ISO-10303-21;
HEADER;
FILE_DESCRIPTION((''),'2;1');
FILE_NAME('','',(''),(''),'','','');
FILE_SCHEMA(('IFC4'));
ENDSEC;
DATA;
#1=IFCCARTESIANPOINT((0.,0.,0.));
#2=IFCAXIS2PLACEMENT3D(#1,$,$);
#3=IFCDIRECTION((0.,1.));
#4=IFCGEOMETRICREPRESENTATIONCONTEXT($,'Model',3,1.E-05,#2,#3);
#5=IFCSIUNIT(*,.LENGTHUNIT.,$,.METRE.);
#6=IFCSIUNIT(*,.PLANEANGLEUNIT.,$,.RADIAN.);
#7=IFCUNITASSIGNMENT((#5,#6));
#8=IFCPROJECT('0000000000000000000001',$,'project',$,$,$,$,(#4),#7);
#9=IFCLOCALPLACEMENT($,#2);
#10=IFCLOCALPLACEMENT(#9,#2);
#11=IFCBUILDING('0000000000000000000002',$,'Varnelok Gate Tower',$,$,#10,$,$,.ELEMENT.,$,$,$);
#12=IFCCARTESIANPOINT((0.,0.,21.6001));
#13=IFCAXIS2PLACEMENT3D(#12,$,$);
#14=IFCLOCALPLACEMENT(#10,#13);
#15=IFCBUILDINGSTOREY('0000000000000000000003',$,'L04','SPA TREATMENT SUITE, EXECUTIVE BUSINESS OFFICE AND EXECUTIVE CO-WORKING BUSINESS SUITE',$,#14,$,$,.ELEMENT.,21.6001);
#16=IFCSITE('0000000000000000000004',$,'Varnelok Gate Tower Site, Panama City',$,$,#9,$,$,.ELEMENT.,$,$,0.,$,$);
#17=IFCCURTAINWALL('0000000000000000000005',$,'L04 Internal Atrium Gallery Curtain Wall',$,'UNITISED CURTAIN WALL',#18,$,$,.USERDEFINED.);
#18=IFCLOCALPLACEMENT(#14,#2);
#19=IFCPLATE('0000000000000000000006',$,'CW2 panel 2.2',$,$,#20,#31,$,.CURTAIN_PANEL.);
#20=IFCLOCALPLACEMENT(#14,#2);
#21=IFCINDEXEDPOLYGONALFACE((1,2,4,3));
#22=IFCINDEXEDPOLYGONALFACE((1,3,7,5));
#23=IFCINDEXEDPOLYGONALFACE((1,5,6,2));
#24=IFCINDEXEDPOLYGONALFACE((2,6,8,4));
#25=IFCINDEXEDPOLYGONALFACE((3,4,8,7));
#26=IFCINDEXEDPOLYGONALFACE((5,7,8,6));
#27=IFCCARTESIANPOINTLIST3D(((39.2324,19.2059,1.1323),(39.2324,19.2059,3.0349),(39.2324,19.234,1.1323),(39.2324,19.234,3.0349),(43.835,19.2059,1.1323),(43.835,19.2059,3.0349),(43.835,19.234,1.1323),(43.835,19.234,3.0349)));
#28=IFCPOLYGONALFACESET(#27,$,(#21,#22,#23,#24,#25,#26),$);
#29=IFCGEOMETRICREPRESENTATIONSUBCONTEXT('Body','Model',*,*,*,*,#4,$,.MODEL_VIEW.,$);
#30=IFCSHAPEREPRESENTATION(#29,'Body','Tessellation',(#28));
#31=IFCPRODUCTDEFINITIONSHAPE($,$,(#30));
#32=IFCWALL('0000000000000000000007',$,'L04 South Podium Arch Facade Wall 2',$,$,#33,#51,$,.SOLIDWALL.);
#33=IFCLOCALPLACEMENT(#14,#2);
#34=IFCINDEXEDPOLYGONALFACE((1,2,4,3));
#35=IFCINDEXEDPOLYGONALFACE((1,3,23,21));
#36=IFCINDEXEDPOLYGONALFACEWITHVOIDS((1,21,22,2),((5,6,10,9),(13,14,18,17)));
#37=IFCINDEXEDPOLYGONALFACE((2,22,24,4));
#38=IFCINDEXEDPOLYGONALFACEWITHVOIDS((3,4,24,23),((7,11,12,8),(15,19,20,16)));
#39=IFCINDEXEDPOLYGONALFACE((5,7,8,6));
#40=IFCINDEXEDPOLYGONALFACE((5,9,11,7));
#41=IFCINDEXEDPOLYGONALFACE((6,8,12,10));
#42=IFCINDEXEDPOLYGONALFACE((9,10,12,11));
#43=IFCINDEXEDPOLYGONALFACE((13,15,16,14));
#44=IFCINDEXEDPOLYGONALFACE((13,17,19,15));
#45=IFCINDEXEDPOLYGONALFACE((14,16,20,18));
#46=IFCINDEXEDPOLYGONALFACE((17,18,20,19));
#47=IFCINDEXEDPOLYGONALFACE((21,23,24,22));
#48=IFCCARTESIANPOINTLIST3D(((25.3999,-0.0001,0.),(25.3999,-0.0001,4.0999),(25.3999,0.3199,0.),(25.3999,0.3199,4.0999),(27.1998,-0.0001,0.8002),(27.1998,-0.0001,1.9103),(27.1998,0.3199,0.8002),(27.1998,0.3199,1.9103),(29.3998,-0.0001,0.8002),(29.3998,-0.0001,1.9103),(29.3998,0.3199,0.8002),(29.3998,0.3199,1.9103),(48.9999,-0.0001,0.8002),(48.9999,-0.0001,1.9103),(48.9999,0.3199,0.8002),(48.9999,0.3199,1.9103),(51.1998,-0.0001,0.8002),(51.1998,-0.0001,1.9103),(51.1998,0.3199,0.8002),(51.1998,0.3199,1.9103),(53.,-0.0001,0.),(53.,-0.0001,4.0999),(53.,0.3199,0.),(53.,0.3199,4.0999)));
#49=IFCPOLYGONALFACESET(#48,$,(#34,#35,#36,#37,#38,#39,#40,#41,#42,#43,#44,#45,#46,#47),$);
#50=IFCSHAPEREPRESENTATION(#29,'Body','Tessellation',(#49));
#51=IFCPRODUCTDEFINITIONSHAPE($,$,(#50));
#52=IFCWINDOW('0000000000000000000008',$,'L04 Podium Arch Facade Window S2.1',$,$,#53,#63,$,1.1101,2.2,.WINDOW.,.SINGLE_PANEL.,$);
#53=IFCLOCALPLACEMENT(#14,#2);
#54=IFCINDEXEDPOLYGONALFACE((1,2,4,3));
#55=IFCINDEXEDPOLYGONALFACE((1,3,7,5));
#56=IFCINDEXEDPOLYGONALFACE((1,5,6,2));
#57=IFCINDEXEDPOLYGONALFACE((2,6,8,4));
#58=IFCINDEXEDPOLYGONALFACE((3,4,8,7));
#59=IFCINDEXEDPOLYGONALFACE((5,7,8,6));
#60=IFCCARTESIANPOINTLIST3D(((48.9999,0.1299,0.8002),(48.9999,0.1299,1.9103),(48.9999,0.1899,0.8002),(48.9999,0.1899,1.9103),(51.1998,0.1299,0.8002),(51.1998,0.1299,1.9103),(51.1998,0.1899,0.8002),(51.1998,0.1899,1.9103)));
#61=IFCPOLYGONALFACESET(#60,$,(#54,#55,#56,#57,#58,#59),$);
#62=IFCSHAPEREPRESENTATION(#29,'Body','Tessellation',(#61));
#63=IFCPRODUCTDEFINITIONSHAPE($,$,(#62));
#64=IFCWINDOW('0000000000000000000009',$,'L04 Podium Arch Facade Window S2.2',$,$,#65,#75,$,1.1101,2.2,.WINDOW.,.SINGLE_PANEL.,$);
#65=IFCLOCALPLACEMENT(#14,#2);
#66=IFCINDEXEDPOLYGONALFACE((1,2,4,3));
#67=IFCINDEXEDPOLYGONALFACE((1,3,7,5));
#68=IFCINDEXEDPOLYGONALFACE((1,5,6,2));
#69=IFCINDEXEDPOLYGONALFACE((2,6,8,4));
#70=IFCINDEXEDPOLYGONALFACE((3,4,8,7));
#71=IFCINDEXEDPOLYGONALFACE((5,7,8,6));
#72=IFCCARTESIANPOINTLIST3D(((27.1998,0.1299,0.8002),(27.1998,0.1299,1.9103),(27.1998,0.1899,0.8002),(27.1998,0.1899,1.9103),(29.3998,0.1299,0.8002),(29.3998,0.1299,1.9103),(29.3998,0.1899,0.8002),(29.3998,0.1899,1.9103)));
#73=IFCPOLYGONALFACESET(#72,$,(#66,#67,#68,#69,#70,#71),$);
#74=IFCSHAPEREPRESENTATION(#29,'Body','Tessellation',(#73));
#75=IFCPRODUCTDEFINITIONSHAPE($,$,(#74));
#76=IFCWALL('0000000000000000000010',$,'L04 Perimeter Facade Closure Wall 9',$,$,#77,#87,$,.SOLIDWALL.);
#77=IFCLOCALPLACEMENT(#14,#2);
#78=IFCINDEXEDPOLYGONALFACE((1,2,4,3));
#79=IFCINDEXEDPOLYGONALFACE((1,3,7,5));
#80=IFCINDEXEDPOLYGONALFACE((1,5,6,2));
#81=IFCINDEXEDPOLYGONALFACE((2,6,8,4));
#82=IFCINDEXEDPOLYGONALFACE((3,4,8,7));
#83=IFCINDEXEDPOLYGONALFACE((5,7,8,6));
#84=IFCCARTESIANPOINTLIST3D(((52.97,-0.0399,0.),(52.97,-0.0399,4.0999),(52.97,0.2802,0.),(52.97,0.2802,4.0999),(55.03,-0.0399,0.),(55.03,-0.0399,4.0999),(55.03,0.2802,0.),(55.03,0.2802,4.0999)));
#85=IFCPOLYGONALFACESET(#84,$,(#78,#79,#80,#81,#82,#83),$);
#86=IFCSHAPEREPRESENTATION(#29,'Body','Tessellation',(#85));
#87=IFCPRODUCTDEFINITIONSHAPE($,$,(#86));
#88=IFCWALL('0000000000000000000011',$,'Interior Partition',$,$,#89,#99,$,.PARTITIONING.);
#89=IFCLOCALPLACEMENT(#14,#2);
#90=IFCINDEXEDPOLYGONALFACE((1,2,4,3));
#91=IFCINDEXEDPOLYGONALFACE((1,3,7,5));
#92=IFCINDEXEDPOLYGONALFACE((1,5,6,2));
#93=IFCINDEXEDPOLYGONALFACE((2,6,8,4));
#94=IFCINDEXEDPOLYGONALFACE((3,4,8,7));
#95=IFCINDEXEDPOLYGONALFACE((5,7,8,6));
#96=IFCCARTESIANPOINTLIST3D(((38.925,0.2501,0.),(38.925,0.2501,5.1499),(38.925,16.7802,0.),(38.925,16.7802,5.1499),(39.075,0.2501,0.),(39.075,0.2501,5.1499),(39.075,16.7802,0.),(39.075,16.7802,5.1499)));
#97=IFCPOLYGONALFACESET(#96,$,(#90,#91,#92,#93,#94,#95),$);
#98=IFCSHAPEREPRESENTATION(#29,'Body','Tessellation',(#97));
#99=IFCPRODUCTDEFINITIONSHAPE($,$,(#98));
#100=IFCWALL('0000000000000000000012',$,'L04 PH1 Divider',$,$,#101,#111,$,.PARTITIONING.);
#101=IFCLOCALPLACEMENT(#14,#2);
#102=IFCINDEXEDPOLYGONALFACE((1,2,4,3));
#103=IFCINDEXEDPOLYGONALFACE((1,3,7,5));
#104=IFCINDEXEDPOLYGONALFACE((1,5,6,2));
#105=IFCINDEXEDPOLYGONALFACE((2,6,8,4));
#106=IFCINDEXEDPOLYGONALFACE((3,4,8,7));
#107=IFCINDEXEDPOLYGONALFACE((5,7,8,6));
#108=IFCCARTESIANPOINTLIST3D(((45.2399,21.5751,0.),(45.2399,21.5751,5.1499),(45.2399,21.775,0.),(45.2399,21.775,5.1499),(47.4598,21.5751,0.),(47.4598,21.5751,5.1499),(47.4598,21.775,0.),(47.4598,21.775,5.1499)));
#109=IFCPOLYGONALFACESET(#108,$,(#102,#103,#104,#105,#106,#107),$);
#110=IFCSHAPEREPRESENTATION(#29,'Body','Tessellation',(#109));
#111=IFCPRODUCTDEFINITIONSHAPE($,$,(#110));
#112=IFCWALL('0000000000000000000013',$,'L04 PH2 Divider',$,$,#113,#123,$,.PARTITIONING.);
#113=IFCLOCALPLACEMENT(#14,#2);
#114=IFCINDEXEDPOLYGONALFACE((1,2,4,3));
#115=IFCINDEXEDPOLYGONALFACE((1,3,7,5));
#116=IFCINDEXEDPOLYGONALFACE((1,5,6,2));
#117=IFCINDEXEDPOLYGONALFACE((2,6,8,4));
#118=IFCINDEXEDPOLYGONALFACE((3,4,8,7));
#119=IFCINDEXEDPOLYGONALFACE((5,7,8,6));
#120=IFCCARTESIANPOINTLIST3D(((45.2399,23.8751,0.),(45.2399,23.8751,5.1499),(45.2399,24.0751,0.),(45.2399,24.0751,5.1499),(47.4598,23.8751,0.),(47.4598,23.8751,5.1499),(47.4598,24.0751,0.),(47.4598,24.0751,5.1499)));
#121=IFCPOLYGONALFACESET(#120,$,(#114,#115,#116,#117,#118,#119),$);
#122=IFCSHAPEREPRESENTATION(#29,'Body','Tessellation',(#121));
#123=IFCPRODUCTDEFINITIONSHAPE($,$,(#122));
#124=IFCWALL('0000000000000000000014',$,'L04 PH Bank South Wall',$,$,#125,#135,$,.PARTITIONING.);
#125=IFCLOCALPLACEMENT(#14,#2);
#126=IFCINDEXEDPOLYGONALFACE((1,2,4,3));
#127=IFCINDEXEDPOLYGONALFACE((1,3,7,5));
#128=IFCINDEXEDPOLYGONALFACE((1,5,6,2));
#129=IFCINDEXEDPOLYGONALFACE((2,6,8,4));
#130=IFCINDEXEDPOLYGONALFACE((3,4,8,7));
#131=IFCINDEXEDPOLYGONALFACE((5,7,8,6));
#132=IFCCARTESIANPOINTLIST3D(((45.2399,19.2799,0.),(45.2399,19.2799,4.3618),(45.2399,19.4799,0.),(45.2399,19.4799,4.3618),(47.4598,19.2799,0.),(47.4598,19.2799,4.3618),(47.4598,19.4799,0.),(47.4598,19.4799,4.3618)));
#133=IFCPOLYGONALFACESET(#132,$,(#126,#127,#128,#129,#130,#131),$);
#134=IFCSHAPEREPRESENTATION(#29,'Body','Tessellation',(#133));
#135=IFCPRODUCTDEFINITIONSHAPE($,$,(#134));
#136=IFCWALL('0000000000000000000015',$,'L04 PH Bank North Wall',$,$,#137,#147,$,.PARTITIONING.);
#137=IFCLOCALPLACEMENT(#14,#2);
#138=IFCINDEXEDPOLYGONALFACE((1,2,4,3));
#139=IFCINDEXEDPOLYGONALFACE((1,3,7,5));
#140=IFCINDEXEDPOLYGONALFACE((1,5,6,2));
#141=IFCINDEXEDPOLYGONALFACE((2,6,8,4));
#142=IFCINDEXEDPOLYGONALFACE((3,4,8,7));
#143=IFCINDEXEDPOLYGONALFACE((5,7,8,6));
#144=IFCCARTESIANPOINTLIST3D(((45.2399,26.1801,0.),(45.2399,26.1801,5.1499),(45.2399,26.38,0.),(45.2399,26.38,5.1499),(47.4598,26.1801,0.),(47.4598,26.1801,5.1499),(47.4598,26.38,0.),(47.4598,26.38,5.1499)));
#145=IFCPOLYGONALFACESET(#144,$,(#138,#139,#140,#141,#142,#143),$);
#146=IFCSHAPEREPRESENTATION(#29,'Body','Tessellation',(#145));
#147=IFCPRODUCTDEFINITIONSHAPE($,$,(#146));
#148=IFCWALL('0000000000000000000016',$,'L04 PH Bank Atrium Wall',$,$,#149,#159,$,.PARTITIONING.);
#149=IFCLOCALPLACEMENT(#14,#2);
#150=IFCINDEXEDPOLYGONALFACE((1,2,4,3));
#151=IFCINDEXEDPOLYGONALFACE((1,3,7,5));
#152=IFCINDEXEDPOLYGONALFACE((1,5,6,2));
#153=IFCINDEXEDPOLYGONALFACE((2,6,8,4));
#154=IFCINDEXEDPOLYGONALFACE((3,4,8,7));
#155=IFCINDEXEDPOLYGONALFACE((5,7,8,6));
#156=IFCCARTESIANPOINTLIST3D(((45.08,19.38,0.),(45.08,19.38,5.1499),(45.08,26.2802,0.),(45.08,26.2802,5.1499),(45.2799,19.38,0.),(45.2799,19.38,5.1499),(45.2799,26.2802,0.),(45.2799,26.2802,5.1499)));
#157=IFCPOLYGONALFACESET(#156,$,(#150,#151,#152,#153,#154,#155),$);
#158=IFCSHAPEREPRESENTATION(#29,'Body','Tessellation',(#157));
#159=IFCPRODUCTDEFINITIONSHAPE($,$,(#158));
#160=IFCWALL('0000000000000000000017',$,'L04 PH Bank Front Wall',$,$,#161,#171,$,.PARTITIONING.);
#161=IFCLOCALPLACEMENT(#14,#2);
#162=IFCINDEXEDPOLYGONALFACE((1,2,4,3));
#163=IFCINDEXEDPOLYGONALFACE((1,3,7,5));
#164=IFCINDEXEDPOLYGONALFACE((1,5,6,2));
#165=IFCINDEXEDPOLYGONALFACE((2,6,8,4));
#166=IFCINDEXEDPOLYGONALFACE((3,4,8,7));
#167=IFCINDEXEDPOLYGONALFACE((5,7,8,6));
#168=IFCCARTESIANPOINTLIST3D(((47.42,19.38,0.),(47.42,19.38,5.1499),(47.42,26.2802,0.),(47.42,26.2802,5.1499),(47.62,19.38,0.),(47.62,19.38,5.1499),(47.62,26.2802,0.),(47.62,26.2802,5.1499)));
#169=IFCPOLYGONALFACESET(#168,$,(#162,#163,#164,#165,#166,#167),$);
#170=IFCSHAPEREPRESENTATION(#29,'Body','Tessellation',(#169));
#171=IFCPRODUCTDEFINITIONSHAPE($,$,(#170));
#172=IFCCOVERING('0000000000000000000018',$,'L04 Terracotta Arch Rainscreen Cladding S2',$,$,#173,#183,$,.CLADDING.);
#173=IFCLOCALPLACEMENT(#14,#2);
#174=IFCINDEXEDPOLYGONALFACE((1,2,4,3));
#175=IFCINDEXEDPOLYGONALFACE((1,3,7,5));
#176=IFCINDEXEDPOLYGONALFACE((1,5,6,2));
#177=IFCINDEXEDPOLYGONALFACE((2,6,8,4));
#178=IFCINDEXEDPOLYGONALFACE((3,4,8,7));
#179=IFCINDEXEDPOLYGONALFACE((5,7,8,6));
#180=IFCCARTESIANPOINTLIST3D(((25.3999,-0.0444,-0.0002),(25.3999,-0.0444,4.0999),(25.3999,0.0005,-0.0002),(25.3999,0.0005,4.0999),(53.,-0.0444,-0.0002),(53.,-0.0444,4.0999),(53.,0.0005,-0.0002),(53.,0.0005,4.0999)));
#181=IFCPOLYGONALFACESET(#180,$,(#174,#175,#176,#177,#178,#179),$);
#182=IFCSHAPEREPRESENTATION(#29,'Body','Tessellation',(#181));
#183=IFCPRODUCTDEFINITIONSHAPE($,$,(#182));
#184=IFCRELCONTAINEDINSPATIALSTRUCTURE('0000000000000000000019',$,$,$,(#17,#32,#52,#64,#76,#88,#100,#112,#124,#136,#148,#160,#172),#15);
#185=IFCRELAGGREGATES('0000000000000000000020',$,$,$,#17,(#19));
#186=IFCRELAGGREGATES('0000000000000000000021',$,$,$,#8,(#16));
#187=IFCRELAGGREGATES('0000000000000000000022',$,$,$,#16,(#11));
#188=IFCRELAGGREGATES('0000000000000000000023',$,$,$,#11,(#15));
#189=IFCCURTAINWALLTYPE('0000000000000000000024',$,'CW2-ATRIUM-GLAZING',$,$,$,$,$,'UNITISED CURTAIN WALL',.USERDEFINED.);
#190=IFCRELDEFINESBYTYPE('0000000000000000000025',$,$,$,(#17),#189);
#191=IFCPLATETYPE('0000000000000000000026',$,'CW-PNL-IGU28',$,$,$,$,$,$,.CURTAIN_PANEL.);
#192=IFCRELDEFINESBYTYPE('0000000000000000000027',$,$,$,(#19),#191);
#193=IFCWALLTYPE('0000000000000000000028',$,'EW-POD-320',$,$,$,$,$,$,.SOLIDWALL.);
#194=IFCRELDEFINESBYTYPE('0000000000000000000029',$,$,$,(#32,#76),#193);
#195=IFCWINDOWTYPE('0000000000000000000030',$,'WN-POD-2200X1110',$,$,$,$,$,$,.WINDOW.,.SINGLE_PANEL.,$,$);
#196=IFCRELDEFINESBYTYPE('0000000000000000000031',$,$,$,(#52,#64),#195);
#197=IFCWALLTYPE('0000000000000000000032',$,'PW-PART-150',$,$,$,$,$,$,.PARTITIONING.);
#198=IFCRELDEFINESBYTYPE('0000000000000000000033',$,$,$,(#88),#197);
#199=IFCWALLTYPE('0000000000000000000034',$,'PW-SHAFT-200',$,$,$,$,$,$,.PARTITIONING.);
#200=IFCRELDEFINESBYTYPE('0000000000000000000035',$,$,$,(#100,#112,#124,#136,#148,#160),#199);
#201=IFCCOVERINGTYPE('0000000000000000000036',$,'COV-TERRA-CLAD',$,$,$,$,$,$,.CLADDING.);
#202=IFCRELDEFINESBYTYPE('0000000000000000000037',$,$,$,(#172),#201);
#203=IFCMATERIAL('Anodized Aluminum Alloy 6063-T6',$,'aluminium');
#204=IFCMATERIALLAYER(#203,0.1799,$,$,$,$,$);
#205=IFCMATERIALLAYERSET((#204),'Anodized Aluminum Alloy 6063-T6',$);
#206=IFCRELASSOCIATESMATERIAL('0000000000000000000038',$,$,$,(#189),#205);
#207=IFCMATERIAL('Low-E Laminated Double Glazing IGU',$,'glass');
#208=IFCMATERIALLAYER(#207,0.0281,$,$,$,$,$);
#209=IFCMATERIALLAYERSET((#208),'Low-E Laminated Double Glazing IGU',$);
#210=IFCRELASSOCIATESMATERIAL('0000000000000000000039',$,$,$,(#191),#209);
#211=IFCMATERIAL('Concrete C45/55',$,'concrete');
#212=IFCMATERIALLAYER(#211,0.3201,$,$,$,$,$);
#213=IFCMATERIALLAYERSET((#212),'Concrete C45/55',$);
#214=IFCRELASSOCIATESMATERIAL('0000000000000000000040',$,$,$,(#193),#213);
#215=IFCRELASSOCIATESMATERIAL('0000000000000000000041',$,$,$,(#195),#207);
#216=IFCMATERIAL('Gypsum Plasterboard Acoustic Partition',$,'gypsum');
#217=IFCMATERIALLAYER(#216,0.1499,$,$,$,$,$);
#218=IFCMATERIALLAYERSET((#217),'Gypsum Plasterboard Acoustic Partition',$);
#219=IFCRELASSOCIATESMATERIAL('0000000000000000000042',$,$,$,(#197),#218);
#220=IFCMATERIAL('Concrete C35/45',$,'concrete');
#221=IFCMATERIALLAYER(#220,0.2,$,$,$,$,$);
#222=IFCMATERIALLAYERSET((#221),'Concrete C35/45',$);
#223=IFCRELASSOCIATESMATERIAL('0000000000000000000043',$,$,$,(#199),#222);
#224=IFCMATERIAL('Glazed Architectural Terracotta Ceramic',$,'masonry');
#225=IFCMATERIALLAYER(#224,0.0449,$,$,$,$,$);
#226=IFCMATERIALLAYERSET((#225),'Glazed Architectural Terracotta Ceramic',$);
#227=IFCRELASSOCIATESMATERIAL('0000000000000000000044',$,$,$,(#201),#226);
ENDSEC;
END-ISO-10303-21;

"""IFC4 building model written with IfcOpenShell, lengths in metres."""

from ifc_helpers import new_model, si_unit, direction, frame, frame_2d, origin, origin_2d, place, context, subcontext, project, spatial, rectangle, extrude, source, transform, mapped, material, layer, layer_set, type_object, element, fill, aggregate, save


model = new_model("IFC4")

# Units and contexts
model_context = context("Model", 3, precision=1e-05, world=origin(), true_north=direction((0.0, 1.0)))
body_context = subcontext(model_context, "Body", "Model", "MODEL_VIEW")
ifc_project = project(units=[si_unit("LENGTHUNIT", "METRE"), si_unit("PLANEANGLEUNIT", "RADIAN")], contexts=[model_context])

# Site, building, storey
site_placement = place(None, origin())
site = spatial("IfcSite", under=ifc_project, at=site_placement, Name="Varnelok Gate Tower Site, Panama City", CompositionType="ELEMENT", RefElevation=0.0)
building_placement = place(site_placement, origin())
building = spatial("IfcBuilding", under=site, at=building_placement, Name="Varnelok Gate Tower", CompositionType="ELEMENT")
storey_placement = place(building_placement, frame((0.0, 0.0, 21.6001)))
storey = spatial("IfcBuildingStorey", under=building, at=storey_placement, Name="L04", Description="SPA TREATMENT SUITE, EXECUTIVE BUSINESS OFFICE AND EXECUTIVE CO-WORKING BUSINESS SUITE", CompositionType="ELEMENT", Elevation=21.6001)

# Curtain wall, plate
ifc_material_1 = material(Name="Anodized Aluminum Alloy 6063-T6", Category="aluminium")
ifc_layer_1 = layer(ifc_material_1, 0.1799)
ifc_layer_set_1 = layer_set([ifc_layer_1], Name="Anodized Aluminum Alloy 6063-T6")
curtain_wall_type = type_object("IfcCurtainWallType", Name="CW2-ATRIUM-GLAZING", ElementType="UNITISED CURTAIN WALL", PredefinedType="USERDEFINED", material=ifc_layer_set_1)
curtain_wall_placement = place(storey_placement, origin())
curtain_wall = element("IfcCurtainWall", 1, at=curtain_wall_placement, inside=storey, type_object=curtain_wall_type, Name="L04 Internal Atrium Gallery Curtain Wall", ObjectType="UNITISED CURTAIN WALL", PredefinedType="USERDEFINED")
ifc_material_2 = material(Name="Low-E Laminated Double Glazing IGU", Category="glass")
ifc_layer_2 = layer(ifc_material_2, 0.0281)
ifc_layer_set_2 = layer_set([ifc_layer_2], Name="Low-E Laminated Double Glazing IGU")
plate_type = type_object("IfcPlateType", Name="CW-PNL-IGU28", PredefinedType="CURTAIN_PANEL", material=ifc_layer_set_2)
shared_shape_1 = source(origin(), body_context, "Body", "SweptSolid", [
    extrude(rectangle(XDim=4.6025, YDim=0.0281, at=origin_2d()), origin(), (0.0, 0.0, 1.0), 1.9026),
])
plate_1_placement = place(storey_placement, frame((41.5337, 19.22, 1.1323), z_axis=(0.0, 0.0, 1.0), x_axis=(1.0, 0.0, 0.0)))
plate_1 = element("IfcPlate", 2, at=plate_1_placement, type_object=plate_type, Name="CW2 panel 2.2", PredefinedType="CURTAIN_PANEL", context=body_context, shape_type="MappedRepresentation", body=[
    mapped(shared_shape_1, transform((0.0, 0.0, 0.0), scale=1.0)),
])
aggregate(curtain_wall, [plate_1])

# Wall, openings, windows
ifc_material_3 = material(Name="Concrete C45/55", Category="concrete")
ifc_layer_3 = layer(ifc_material_3, 0.3201)
ifc_layer_set_3 = layer_set([ifc_layer_3], Name="Concrete C45/55")
wall_type_1 = type_object("IfcWallType", Name="EW-POD-320", PredefinedType="SOLIDWALL", material=ifc_layer_set_3)
wall_1_placement = place(storey_placement, frame((53.0, 0.1599, 0.0), z_axis=(0.0, 0.0, 1.0), x_axis=(-1.0, 0.0, 0.0)))
wall_1 = element("IfcWall", 3, at=wall_1_placement, inside=storey, type_object=wall_type_1, Name="L04 South Podium Arch Facade Wall 2", PredefinedType="SOLIDWALL", context=body_context, shape_type="SweptSolid", body=[
    extrude(rectangle(XDim=27.6001, YDim=0.3201, at=frame_2d((13.8, 0.0))), origin(), (0.0, 0.0, 1.0), 4.0999),
])
opening_1_placement = place(wall_1_placement, frame((1.8, 0.0, 0.8)))
opening_1 = element("IfcOpeningElement", 4, at=opening_1_placement, cuts=wall_1, PredefinedType="OPENING", context=body_context, shape_type="SweptSolid", body=[
    extrude(rectangle(XDim=2.2, YDim=1.1101, at=frame_2d((1.1001, 0.5552))), frame((0.0, 0.1699, 0.0), z_axis=(0.0, -1.0, 0.0), x_axis=(1.0, 0.0, 0.0)), (0.0, 0.0, 1.0), 0.3401),
])
opening_2_placement = place(wall_1_placement, frame((23.6001, 0.0, 0.8)))
opening_2 = element("IfcOpeningElement", 5, at=opening_2_placement, cuts=wall_1, PredefinedType="OPENING", context=body_context, shape_type="SweptSolid", body=[
    extrude(rectangle(XDim=2.2, YDim=1.1101, at=frame_2d((1.1001, 0.5552))), frame((0.0, 0.1699, 0.0), z_axis=(0.0, -1.0, 0.0), x_axis=(1.0, 0.0, 0.0)), (0.0, 0.0, 1.0), 0.3401),
])
window_type = type_object("IfcWindowType", Name="WN-POD-2200X1110", PartitioningType="SINGLE_PANEL", PredefinedType="WINDOW", material=ifc_material_2)
window_1_placement = place(opening_1_placement, origin())
window_1 = element("IfcWindow", 6, at=window_1_placement, inside=storey, type_object=window_type, Name="L04 Podium Arch Facade Window S2.1", OverallHeight=1.1101, OverallWidth=2.2, PartitioningType="SINGLE_PANEL", PredefinedType="WINDOW", context=body_context, shape_type="SweptSolid", body=[
    extrude(rectangle(XDim=2.2, YDim=1.1101, at=frame_2d((1.1001, 0.5552))), frame((0.0, 0.03, 0.0), z_axis=(0.0, -1.0, 0.0), x_axis=(1.0, 0.0, 0.0)), (0.0, 0.0, 1.0), 0.0601),
])
fill(opening_1, window_1)
window_2_placement = place(opening_2_placement, origin())
window_2 = element("IfcWindow", 7, at=window_2_placement, inside=storey, type_object=window_type, Name="L04 Podium Arch Facade Window S2.2", OverallHeight=1.1101, OverallWidth=2.2, PartitioningType="SINGLE_PANEL", PredefinedType="WINDOW", context=body_context, shape_type="SweptSolid", body=[
    extrude(rectangle(XDim=2.2, YDim=1.1101, at=frame_2d((1.1001, 0.5552))), frame((0.0, 0.03, 0.0), z_axis=(0.0, -1.0, 0.0), x_axis=(1.0, 0.0, 0.0)), (0.0, 0.0, 1.0), 0.0601),
])
fill(opening_2, window_2)

# Walls
wall_2_placement = place(storey_placement, frame((52.97, 0.1201, 0.0), z_axis=(0.0, 0.0, 1.0), x_axis=(1.0, 0.0, 0.0)))
element("IfcWall", 8, at=wall_2_placement, inside=storey, type_object=wall_type_1, Name="L04 Perimeter Facade Closure Wall 9", PredefinedType="SOLIDWALL", context=body_context, shape_type="SweptSolid", body=[
    extrude(rectangle(XDim=2.0601, YDim=0.3201, at=frame_2d((1.03, 0.0))), origin(), (0.0, 0.0, 1.0), 4.0999),
])
ifc_material_4 = material(Name="Gypsum Plasterboard Acoustic Partition", Category="gypsum")
ifc_layer_4 = layer(ifc_material_4, 0.1499)
ifc_layer_set_4 = layer_set([ifc_layer_4], Name="Gypsum Plasterboard Acoustic Partition")
wall_type_2 = type_object("IfcWallType", Name="PW-PART-150", PredefinedType="PARTITIONING", material=ifc_layer_set_4)
wall_3_placement = place(storey_placement, frame((39.0, 0.25, 0.0), z_axis=(0.0, 0.0, 1.0), x_axis=(0.0, 1.0, 0.0)))
element("IfcWall", 9, at=wall_3_placement, inside=storey, type_object=wall_type_2, Name="Interior Partition", PredefinedType="PARTITIONING", context=body_context, shape_type="SweptSolid", body=[
    extrude(rectangle(XDim=16.53, YDim=0.1499, at=frame_2d((8.2651, 0.0))), origin(), (0.0, 0.0, 1.0), 5.1499),
])
ifc_material_5 = material(Name="Concrete C35/45", Category="concrete")
ifc_layer_5 = layer(ifc_material_5, 0.2)
ifc_layer_set_5 = layer_set([ifc_layer_5], Name="Concrete C35/45")
wall_type_3 = type_object("IfcWallType", Name="PW-SHAFT-200", PredefinedType="PARTITIONING", material=ifc_layer_set_5)
for number, where, z_axis, x_axis, name in (
    (10, (45.24, 21.675, 0.0), (0.0, 0.0, 1.0), (1.0, 0.0, 0.0), "L04 PH1 Divider"),
    (11, (45.24, 23.9751, 0.0), (0.0, 0.0, 1.0), (1.0, 0.0, 0.0), "L04 PH2 Divider"),
):
    element("IfcWall", number, at=place(storey_placement, frame(where, z_axis=z_axis, x_axis=x_axis)), inside=storey, type_object=wall_type_3, Name=name, PredefinedType="PARTITIONING", context=body_context, shape_type="SweptSolid", body=[
        extrude(rectangle(XDim=2.22, YDim=0.2, at=frame_2d((1.1099, 0.0))), origin(), (0.0, 0.0, 1.0), 5.1499),
    ])
wall_4_placement = place(storey_placement, frame((45.24, 19.3799, 0.0), z_axis=(0.0, 0.0, 1.0), x_axis=(1.0, 0.0, 0.0)))
element("IfcWall", 12, at=wall_4_placement, inside=storey, type_object=wall_type_3, Name="L04 PH Bank South Wall", PredefinedType="PARTITIONING", context=body_context, shape_type="SweptSolid", body=[
    extrude(rectangle(XDim=2.22, YDim=0.2, at=frame_2d((1.1099, 0.0))), origin(), (0.0, 0.0, 1.0), 4.3618),
])
wall_5_placement = place(storey_placement, frame((45.24, 26.28, 0.0), z_axis=(0.0, 0.0, 1.0), x_axis=(1.0, 0.0, 0.0)))
element("IfcWall", 13, at=wall_5_placement, inside=storey, type_object=wall_type_3, Name="L04 PH Bank North Wall", PredefinedType="PARTITIONING", context=body_context, shape_type="SweptSolid", body=[
    extrude(rectangle(XDim=2.22, YDim=0.2, at=frame_2d((1.1099, 0.0))), origin(), (0.0, 0.0, 1.0), 5.1499),
])
for number, where, z_axis, x_axis, name in (
    (14, (45.1799, 19.3799, 0.0), (0.0, 0.0, 1.0), (0.0, 1.0, 0.0), "L04 PH Bank Atrium Wall"),
    (15, (47.52, 19.3799, 0.0), (0.0, 0.0, 1.0), (0.0, 1.0, 0.0), "L04 PH Bank Front Wall"),
):
    element("IfcWall", number, at=place(storey_placement, frame(where, z_axis=z_axis, x_axis=x_axis)), inside=storey, type_object=wall_type_3, Name=name, PredefinedType="PARTITIONING", context=body_context, shape_type="SweptSolid", body=[
        extrude(rectangle(XDim=6.9001, YDim=0.2, at=frame_2d((3.4502, 0.0))), origin(), (0.0, 0.0, 1.0), 5.1499),
    ])

# Covering
ifc_material_6 = material(Name="Glazed Architectural Terracotta Ceramic", Category="masonry")
ifc_layer_6 = layer(ifc_material_6, 0.0449)
ifc_layer_set_6 = layer_set([ifc_layer_6], Name="Glazed Architectural Terracotta Ceramic")
covering_type_1 = type_object("IfcCoveringType", Name="COV-TERRA-CLAD", PredefinedType="CLADDING", material=ifc_layer_set_6)
shared_shape_2 = source(origin(), body_context, "Body", "SweptSolid", [
    extrude(rectangle(XDim=27.6001, YDim=0.0449, at=origin_2d()), origin(), (0.0, 0.0, 1.0), 4.1001),
])
covering_1_placement = place(storey_placement, frame((39.2, -0.022, -0.0002), z_axis=(0.0, 0.0, 1.0), x_axis=(1.0, 0.0, 0.0)))
element("IfcCovering", 16, at=covering_1_placement, inside=storey, type_object=covering_type_1, Name="L04 Terracotta Arch Rainscreen Cladding S2", PredefinedType="CLADDING", context=body_context, shape_type="MappedRepresentation", body=[
    mapped(shared_shape_2, transform((0.0, 0.0, 0.0), scale=1.0)),
])

save(model, "model.ifc")
